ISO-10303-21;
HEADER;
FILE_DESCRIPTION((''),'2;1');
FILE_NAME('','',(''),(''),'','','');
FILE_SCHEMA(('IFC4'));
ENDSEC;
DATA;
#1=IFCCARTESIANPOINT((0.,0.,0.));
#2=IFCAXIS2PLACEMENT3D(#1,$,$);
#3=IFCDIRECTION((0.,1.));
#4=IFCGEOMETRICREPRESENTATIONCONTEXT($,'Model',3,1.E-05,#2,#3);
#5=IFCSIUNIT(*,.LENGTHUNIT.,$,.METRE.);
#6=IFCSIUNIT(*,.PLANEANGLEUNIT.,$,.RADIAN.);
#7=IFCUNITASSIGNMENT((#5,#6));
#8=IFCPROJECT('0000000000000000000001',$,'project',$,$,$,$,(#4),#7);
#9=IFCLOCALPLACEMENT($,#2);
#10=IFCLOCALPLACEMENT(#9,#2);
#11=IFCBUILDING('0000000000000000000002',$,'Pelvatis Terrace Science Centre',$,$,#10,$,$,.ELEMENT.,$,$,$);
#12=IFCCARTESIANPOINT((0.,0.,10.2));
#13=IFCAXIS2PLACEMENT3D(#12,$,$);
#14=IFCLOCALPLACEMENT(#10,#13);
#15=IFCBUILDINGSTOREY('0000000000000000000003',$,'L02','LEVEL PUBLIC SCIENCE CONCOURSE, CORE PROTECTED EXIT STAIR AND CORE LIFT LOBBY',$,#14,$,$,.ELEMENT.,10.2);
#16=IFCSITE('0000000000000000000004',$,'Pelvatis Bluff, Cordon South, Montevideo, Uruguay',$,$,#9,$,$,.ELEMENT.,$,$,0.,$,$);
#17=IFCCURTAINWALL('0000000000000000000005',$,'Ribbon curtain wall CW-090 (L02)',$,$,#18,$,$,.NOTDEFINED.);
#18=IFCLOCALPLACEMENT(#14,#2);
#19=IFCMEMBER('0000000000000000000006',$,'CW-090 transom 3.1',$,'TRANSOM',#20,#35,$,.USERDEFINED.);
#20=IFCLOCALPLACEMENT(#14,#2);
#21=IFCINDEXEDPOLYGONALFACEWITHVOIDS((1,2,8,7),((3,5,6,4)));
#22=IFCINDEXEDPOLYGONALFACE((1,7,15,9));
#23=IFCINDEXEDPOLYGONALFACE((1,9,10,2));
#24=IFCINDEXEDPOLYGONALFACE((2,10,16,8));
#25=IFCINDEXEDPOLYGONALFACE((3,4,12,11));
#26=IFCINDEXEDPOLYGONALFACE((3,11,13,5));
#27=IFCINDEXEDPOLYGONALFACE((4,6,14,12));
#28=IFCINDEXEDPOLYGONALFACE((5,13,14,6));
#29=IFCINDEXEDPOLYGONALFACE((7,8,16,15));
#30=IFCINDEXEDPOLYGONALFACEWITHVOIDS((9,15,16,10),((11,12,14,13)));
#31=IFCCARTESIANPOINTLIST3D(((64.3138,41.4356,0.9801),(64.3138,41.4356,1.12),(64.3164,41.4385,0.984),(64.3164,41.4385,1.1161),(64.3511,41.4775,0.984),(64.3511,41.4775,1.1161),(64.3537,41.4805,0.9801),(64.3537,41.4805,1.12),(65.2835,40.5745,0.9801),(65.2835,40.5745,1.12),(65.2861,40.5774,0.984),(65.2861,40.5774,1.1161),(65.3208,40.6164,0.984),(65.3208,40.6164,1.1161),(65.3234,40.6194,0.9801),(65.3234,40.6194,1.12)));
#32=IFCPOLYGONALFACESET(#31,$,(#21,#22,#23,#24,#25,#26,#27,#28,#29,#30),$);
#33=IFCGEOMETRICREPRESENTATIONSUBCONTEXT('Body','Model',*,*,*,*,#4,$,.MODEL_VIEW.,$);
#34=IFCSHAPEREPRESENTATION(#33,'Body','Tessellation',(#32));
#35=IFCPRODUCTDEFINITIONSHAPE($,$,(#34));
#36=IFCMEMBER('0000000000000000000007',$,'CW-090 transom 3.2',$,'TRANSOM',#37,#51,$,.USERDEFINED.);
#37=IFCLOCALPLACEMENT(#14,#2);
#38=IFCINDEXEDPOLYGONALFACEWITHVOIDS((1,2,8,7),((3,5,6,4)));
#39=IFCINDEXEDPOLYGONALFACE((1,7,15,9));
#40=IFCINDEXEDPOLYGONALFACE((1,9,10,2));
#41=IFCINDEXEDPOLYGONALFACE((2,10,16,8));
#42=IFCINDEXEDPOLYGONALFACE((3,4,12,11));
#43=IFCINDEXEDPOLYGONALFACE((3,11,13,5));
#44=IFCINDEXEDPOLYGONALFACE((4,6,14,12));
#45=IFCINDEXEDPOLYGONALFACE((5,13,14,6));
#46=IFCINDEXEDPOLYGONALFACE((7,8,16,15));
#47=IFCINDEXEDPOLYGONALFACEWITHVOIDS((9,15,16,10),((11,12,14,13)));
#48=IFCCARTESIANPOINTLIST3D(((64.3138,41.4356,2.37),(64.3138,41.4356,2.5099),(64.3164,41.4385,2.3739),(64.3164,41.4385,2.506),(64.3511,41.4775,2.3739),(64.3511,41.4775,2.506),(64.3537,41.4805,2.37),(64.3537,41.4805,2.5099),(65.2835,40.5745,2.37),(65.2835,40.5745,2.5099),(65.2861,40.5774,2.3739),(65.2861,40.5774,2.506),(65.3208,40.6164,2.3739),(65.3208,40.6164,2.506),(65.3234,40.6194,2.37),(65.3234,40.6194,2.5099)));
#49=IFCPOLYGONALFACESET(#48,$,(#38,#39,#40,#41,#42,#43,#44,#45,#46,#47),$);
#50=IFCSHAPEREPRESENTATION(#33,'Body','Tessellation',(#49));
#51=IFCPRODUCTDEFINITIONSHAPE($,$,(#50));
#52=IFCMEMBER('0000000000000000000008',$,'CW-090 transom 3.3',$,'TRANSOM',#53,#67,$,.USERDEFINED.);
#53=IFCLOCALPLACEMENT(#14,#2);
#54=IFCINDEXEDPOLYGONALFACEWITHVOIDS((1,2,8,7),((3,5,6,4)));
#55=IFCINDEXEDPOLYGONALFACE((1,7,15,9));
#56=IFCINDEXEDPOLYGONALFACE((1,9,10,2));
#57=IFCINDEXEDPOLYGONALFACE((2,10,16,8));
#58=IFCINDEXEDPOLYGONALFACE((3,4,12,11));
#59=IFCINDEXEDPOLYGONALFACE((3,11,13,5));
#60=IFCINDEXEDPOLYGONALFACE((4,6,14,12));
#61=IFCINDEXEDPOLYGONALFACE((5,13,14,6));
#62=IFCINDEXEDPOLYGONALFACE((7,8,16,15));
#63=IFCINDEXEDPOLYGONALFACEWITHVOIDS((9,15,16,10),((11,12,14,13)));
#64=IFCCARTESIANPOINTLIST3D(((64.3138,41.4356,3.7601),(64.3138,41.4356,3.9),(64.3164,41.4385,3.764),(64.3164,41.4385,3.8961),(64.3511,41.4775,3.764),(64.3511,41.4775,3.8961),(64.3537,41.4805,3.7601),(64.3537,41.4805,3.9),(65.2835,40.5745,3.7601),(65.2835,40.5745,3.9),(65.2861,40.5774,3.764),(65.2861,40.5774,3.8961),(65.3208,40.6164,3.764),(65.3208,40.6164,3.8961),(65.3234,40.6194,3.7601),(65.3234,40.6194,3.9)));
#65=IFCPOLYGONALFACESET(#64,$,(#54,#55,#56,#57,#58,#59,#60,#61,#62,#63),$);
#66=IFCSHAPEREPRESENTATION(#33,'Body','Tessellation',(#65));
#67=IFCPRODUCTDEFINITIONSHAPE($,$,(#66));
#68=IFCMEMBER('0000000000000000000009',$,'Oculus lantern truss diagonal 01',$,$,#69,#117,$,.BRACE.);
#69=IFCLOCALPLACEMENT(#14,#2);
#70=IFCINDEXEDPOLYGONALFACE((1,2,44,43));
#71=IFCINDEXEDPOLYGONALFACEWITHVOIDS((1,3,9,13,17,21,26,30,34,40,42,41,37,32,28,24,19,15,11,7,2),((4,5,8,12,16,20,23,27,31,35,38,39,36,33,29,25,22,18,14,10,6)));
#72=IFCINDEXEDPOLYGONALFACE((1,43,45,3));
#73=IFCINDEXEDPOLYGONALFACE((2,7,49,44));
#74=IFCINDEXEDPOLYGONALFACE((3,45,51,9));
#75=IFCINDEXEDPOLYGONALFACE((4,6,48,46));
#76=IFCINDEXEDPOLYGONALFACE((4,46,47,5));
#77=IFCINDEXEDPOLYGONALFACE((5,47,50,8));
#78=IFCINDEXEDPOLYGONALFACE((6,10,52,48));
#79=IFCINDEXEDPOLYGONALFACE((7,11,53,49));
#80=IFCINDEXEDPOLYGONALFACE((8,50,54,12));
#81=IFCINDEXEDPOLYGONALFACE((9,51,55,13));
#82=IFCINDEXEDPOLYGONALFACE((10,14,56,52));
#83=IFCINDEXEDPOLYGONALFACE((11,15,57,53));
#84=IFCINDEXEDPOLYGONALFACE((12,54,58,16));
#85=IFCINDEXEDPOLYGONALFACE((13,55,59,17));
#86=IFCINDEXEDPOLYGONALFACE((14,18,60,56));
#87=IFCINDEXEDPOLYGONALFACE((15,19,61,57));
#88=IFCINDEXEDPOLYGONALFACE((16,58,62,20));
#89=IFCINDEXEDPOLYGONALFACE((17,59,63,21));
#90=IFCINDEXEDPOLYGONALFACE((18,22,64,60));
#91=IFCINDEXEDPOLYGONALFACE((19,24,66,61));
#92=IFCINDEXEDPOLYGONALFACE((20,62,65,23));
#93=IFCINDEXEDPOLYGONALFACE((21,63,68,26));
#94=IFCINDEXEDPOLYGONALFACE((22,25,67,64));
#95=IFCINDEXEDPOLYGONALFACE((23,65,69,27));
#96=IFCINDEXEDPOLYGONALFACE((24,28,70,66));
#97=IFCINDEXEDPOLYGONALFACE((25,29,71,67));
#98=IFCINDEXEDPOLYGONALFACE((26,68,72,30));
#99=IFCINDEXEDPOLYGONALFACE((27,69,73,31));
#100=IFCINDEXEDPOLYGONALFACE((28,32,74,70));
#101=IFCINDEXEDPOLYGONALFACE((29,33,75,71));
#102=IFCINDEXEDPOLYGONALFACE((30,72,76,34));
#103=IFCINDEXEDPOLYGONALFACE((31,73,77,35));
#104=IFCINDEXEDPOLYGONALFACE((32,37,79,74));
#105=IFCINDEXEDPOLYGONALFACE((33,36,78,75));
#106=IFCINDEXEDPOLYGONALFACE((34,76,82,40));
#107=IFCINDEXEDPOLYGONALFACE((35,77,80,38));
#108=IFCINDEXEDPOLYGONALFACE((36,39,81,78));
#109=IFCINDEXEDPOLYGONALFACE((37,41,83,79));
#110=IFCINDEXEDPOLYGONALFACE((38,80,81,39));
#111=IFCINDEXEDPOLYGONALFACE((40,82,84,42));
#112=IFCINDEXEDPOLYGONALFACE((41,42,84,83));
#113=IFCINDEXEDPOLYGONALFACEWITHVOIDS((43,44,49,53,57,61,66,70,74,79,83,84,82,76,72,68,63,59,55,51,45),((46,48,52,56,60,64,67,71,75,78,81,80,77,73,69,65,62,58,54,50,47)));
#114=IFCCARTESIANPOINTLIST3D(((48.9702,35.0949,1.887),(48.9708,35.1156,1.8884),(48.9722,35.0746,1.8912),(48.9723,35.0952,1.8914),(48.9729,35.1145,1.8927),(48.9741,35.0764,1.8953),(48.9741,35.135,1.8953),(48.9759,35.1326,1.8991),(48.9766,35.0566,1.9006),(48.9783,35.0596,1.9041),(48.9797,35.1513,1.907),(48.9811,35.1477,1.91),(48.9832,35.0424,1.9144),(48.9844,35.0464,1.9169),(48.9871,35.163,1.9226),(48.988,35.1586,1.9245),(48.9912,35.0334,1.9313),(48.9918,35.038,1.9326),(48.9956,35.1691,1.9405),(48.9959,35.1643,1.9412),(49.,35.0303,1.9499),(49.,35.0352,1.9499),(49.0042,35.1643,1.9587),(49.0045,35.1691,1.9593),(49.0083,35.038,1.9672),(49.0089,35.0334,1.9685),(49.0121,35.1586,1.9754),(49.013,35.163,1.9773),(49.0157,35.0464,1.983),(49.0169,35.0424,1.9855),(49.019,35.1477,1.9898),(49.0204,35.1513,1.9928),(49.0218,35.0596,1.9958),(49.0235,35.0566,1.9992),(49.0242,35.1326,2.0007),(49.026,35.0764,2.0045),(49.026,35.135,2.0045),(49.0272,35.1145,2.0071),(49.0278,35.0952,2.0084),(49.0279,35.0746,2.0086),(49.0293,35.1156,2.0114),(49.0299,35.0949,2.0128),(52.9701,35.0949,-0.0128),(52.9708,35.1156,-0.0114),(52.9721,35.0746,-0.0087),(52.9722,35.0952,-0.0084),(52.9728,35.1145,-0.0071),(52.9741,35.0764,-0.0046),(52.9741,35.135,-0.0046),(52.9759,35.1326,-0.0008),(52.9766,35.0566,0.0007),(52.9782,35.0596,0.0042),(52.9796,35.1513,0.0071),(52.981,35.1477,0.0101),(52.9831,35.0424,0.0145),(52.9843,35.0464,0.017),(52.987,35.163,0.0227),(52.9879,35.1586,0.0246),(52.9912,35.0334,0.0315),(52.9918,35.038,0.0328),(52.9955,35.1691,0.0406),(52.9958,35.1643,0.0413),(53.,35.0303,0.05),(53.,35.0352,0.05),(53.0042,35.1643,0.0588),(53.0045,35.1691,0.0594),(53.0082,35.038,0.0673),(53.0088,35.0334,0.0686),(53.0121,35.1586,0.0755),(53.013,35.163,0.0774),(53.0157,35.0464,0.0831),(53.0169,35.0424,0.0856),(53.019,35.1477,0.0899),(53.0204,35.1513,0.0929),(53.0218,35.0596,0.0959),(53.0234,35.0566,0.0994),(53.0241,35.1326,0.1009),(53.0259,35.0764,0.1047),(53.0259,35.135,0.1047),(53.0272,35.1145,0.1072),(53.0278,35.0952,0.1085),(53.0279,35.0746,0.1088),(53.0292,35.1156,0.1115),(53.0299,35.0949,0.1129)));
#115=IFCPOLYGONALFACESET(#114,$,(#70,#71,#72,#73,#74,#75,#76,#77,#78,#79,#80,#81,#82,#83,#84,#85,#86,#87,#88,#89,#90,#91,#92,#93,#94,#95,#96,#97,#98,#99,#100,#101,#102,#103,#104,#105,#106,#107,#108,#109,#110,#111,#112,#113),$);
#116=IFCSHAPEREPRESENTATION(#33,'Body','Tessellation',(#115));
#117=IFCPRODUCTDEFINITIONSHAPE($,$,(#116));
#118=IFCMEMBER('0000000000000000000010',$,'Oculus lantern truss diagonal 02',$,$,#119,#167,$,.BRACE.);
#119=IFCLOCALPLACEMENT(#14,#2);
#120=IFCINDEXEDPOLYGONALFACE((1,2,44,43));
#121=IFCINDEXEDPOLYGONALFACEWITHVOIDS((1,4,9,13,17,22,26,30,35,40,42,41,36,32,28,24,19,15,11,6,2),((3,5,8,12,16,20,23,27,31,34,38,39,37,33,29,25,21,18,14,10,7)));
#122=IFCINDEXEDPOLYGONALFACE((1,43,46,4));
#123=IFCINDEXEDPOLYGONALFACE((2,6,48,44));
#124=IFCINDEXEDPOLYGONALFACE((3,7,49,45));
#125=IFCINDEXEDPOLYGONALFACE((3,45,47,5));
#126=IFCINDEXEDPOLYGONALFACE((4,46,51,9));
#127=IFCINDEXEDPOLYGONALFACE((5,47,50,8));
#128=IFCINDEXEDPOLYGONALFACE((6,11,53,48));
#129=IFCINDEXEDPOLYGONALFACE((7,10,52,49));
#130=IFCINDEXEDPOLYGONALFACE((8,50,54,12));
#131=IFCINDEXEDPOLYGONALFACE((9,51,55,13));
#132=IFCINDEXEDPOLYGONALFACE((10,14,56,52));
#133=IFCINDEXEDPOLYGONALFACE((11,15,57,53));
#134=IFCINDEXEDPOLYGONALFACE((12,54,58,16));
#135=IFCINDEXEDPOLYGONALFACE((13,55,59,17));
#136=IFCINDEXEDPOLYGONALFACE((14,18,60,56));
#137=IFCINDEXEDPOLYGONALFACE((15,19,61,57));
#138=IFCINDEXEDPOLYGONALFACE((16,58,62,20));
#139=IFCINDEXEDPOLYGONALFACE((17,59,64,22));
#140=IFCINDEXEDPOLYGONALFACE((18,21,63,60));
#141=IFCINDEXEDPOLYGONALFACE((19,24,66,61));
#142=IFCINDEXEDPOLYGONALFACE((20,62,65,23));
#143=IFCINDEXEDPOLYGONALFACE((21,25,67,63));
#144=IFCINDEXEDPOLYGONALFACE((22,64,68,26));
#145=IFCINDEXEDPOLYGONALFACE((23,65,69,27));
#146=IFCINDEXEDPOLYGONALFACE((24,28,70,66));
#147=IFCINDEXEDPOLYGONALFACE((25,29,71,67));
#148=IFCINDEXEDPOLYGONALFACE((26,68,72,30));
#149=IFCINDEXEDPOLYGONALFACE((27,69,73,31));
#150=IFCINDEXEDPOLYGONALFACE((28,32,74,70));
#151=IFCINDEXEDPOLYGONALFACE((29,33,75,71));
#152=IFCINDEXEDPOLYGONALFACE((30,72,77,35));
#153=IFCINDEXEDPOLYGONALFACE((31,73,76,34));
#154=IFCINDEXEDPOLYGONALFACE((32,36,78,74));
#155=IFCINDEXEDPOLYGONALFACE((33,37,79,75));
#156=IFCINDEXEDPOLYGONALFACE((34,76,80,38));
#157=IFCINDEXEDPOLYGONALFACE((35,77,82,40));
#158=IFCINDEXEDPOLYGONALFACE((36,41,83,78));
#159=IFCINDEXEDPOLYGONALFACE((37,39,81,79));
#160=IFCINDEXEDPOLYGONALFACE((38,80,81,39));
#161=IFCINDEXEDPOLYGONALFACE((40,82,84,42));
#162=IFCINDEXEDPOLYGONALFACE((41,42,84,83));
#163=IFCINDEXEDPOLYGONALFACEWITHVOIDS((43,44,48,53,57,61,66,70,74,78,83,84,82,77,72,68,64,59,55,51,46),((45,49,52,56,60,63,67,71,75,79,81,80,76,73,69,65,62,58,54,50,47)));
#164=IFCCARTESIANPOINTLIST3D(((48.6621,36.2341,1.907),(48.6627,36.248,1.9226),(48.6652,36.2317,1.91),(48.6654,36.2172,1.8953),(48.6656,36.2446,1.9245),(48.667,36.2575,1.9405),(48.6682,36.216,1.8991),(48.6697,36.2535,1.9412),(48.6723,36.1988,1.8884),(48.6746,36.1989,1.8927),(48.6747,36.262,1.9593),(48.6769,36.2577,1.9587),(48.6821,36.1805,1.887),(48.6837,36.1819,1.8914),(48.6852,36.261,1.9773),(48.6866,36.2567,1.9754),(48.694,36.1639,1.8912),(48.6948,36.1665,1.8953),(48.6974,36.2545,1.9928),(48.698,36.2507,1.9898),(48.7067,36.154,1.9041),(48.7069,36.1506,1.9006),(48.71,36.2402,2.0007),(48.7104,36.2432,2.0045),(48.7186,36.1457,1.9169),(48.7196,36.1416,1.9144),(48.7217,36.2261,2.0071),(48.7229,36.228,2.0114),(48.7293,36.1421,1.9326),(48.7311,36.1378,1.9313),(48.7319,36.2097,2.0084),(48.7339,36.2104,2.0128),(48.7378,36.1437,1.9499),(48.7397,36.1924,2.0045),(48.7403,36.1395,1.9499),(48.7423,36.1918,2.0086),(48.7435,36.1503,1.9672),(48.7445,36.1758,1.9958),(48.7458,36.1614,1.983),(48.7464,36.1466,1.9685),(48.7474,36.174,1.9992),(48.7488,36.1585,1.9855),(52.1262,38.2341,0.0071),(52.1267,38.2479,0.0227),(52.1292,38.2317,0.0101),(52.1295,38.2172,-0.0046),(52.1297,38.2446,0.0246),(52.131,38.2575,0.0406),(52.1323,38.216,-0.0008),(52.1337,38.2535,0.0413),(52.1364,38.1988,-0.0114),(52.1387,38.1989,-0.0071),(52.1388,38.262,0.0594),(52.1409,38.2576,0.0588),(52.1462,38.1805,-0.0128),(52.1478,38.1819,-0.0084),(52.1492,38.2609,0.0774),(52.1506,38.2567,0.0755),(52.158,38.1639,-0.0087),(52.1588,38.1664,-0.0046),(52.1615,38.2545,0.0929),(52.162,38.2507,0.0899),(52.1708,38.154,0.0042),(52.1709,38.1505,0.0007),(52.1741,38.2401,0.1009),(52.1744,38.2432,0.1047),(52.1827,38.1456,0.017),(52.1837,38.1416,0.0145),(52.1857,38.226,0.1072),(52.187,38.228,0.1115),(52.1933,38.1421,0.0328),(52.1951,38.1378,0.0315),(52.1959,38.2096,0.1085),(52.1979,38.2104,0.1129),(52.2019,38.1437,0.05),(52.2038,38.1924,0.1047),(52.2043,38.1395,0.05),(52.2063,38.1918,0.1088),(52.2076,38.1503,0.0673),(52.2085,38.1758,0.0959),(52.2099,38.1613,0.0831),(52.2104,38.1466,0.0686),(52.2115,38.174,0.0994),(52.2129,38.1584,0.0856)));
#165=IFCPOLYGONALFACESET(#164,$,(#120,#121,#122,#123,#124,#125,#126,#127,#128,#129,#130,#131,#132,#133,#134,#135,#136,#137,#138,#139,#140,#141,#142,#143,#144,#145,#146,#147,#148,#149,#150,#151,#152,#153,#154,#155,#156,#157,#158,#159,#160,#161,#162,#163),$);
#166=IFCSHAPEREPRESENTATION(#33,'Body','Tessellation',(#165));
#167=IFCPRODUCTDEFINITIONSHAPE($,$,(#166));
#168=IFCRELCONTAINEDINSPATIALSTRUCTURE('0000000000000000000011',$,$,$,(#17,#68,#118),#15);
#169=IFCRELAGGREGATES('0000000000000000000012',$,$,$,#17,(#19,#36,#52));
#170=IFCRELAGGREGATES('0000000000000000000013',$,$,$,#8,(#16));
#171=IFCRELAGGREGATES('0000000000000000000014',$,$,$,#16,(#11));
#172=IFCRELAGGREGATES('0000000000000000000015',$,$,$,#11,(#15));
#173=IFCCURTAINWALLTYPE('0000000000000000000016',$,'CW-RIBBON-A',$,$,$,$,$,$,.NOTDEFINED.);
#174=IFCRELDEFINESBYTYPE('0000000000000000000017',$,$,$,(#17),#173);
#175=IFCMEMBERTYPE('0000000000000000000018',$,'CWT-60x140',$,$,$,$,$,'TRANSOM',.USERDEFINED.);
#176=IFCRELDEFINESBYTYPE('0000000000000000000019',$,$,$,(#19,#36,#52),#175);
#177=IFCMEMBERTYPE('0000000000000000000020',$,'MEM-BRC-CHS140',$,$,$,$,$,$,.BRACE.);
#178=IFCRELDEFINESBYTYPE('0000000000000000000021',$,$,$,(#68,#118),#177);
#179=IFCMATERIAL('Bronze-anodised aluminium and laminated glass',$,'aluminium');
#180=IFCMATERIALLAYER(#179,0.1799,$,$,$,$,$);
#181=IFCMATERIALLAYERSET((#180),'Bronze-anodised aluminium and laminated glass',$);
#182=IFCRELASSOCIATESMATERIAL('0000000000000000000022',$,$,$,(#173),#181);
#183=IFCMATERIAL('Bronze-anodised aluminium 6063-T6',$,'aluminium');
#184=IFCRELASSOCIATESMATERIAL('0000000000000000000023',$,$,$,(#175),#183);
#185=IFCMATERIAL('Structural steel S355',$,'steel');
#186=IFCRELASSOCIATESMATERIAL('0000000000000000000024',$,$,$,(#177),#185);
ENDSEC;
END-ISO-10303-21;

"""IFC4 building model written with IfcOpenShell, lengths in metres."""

from ifc_helpers import new_model, si_unit, direction, frame, origin, origin_2d, place, context, subcontext, project, spatial, hollow_rectangle, hollow_circle, extrude, material, layer, layer_set, material_profile, profile_set, type_object, element, aggregate, save


model = new_model("IFC4")

# Units and contexts
model_context = context("Model", 3, precision=1e-05, world=origin(), true_north=direction((0.0, 1.0)))
body_context = subcontext(model_context, "Body", "Model", "MODEL_VIEW")
ifc_project = project(units=[si_unit("LENGTHUNIT", "METRE"), si_unit("PLANEANGLEUNIT", "RADIAN")], contexts=[model_context])

# Site, building, storey
site_placement = place(None, origin())
site = spatial("IfcSite", under=ifc_project, at=site_placement, Name="Pelvatis Bluff, Cordon South, Montevideo, Uruguay", CompositionType="ELEMENT", RefElevation=0.0)
building_placement = place(site_placement, origin())
building = spatial("IfcBuilding", under=site, at=building_placement, Name="Pelvatis Terrace Science Centre", CompositionType="ELEMENT")
storey_placement = place(building_placement, frame((0.0, 0.0, 10.2)))
storey = spatial("IfcBuildingStorey", under=building, at=storey_placement, Name="L02", Description="LEVEL PUBLIC SCIENCE CONCOURSE, CORE PROTECTED EXIT STAIR AND CORE LIFT LOBBY", CompositionType="ELEMENT", Elevation=10.2)

# Curtain wall, members
ifc_material_1 = material(Name="Bronze-anodised aluminium and laminated glass", Category="aluminium")
ifc_layer_1 = layer(ifc_material_1, 0.1799)
ifc_layer_set_1 = layer_set([ifc_layer_1], Name="Bronze-anodised aluminium and laminated glass")
curtain_wall_type = type_object("IfcCurtainWallType", Name="CW-RIBBON-A", PredefinedType="NOTDEFINED", material=ifc_layer_set_1)
curtain_wall_placement = place(storey_placement, origin())
curtain_wall = element("IfcCurtainWall", 1, at=curtain_wall_placement, inside=storey, type_object=curtain_wall_type, Name="Ribbon curtain wall CW-090 (L02)", PredefinedType="NOTDEFINED")
ifc_material_2 = material(Name="Bronze-anodised aluminium 6063-T6", Category="aluminium")
ifc_material_profile_1 = material_profile(ifc_material_2, hollow_rectangle(XDim=0.0601, YDim=0.1399, WallThickness=0.0039, at=origin_2d()), Name="ALU-TRN 60x140")
ifc_profile_set_1 = profile_set([ifc_material_profile_1], Name="Bronze-anodised aluminium 6063-T6")
member_type_1 = type_object("IfcMemberType", Name="CWT-60x140", ElementType="TRANSOM", PredefinedType="USERDEFINED", material=ifc_profile_set_1)
member_1_placement = place(storey_placement, frame((64.3337, 41.458, 1.05), z_axis=(0.747752, -0.663978, 0.0), x_axis=(0.663978, 0.747752, 0.0)))
member_1 = element("IfcMember", 2, at=member_1_placement, type_object=member_type_1, Name="CW-090 transom 3.1", ObjectType="TRANSOM", PredefinedType="USERDEFINED", context=body_context, shape_type="SweptSolid", body=[
    extrude(hollow_rectangle(XDim=0.0601, YDim=0.1399, WallThickness=0.0039, at=origin_2d()), origin(), (0.0, 0.0, 1.0), 1.2969),
])
member_2_placement = place(storey_placement, frame((64.3337, 41.458, 2.4399), z_axis=(0.747752, -0.663978, 0.0), x_axis=(0.663978, 0.747752, 0.0)))
member_2 = element("IfcMember", 3, at=member_2_placement, type_object=member_type_1, Name="CW-090 transom 3.2", ObjectType="TRANSOM", PredefinedType="USERDEFINED", context=body_context, shape_type="SweptSolid", body=[
    extrude(hollow_rectangle(XDim=0.0601, YDim=0.1399, WallThickness=0.0039, at=origin_2d()), origin(), (0.0, 0.0, 1.0), 1.2969),
])
member_3_placement = place(storey_placement, frame((64.3337, 41.458, 3.8301), z_axis=(0.747752, -0.663978, 0.0), x_axis=(0.663978, 0.747752, 0.0)))
member_3 = element("IfcMember", 4, at=member_3_placement, type_object=member_type_1, Name="CW-090 transom 3.3", ObjectType="TRANSOM", PredefinedType="USERDEFINED", context=body_context, shape_type="SweptSolid", body=[
    extrude(hollow_rectangle(XDim=0.0601, YDim=0.1399, WallThickness=0.0039, at=origin_2d()), origin(), (0.0, 0.0, 1.0), 1.2969),
])

# Members
ifc_material_3 = material(Name="Structural steel S355", Category="steel")
ifc_material_profile_2 = material_profile(ifc_material_3, hollow_circle(Radius=0.0698, WallThickness=0.0049, at=origin_2d()), Name="CHS 139.7x5.0")
ifc_profile_set_2 = profile_set([ifc_material_profile_2], Name="Structural steel S355")
member_type_2 = type_object("IfcMemberType", Name="MEM-BRC-CHS140", PredefinedType="BRACE", material=ifc_profile_set_2)
for number, where, z_axis, x_axis, name in (
    (5, (53.0, 35.1001, 0.05), (-0.903286, 0.0, 0.429039), (0.0, -1.0, 0.0), "Oculus lantern truss diagonal 01"),
    (6, (52.1694, 38.2, 0.05), (-0.78227, -0.451642, 0.429038), (0.499999, -0.866026, 0.0), "Oculus lantern truss diagonal 02"),
):
    element("IfcMember", number, at=place(storey_placement, frame(where, z_axis=z_axis, x_axis=x_axis)), inside=storey, type_object=member_type_2, Name=name, PredefinedType="BRACE", context=body_context, shape_type="SweptSolid", body=[
        extrude(hollow_circle(Radius=0.0698, WallThickness=0.0049, at=origin_2d()), origin(), (0.0, 0.0, 1.0), 4.4282),
    ])

aggregate(curtain_wall, [member_1, member_2, member_3])

save(model, "model.ifc")
